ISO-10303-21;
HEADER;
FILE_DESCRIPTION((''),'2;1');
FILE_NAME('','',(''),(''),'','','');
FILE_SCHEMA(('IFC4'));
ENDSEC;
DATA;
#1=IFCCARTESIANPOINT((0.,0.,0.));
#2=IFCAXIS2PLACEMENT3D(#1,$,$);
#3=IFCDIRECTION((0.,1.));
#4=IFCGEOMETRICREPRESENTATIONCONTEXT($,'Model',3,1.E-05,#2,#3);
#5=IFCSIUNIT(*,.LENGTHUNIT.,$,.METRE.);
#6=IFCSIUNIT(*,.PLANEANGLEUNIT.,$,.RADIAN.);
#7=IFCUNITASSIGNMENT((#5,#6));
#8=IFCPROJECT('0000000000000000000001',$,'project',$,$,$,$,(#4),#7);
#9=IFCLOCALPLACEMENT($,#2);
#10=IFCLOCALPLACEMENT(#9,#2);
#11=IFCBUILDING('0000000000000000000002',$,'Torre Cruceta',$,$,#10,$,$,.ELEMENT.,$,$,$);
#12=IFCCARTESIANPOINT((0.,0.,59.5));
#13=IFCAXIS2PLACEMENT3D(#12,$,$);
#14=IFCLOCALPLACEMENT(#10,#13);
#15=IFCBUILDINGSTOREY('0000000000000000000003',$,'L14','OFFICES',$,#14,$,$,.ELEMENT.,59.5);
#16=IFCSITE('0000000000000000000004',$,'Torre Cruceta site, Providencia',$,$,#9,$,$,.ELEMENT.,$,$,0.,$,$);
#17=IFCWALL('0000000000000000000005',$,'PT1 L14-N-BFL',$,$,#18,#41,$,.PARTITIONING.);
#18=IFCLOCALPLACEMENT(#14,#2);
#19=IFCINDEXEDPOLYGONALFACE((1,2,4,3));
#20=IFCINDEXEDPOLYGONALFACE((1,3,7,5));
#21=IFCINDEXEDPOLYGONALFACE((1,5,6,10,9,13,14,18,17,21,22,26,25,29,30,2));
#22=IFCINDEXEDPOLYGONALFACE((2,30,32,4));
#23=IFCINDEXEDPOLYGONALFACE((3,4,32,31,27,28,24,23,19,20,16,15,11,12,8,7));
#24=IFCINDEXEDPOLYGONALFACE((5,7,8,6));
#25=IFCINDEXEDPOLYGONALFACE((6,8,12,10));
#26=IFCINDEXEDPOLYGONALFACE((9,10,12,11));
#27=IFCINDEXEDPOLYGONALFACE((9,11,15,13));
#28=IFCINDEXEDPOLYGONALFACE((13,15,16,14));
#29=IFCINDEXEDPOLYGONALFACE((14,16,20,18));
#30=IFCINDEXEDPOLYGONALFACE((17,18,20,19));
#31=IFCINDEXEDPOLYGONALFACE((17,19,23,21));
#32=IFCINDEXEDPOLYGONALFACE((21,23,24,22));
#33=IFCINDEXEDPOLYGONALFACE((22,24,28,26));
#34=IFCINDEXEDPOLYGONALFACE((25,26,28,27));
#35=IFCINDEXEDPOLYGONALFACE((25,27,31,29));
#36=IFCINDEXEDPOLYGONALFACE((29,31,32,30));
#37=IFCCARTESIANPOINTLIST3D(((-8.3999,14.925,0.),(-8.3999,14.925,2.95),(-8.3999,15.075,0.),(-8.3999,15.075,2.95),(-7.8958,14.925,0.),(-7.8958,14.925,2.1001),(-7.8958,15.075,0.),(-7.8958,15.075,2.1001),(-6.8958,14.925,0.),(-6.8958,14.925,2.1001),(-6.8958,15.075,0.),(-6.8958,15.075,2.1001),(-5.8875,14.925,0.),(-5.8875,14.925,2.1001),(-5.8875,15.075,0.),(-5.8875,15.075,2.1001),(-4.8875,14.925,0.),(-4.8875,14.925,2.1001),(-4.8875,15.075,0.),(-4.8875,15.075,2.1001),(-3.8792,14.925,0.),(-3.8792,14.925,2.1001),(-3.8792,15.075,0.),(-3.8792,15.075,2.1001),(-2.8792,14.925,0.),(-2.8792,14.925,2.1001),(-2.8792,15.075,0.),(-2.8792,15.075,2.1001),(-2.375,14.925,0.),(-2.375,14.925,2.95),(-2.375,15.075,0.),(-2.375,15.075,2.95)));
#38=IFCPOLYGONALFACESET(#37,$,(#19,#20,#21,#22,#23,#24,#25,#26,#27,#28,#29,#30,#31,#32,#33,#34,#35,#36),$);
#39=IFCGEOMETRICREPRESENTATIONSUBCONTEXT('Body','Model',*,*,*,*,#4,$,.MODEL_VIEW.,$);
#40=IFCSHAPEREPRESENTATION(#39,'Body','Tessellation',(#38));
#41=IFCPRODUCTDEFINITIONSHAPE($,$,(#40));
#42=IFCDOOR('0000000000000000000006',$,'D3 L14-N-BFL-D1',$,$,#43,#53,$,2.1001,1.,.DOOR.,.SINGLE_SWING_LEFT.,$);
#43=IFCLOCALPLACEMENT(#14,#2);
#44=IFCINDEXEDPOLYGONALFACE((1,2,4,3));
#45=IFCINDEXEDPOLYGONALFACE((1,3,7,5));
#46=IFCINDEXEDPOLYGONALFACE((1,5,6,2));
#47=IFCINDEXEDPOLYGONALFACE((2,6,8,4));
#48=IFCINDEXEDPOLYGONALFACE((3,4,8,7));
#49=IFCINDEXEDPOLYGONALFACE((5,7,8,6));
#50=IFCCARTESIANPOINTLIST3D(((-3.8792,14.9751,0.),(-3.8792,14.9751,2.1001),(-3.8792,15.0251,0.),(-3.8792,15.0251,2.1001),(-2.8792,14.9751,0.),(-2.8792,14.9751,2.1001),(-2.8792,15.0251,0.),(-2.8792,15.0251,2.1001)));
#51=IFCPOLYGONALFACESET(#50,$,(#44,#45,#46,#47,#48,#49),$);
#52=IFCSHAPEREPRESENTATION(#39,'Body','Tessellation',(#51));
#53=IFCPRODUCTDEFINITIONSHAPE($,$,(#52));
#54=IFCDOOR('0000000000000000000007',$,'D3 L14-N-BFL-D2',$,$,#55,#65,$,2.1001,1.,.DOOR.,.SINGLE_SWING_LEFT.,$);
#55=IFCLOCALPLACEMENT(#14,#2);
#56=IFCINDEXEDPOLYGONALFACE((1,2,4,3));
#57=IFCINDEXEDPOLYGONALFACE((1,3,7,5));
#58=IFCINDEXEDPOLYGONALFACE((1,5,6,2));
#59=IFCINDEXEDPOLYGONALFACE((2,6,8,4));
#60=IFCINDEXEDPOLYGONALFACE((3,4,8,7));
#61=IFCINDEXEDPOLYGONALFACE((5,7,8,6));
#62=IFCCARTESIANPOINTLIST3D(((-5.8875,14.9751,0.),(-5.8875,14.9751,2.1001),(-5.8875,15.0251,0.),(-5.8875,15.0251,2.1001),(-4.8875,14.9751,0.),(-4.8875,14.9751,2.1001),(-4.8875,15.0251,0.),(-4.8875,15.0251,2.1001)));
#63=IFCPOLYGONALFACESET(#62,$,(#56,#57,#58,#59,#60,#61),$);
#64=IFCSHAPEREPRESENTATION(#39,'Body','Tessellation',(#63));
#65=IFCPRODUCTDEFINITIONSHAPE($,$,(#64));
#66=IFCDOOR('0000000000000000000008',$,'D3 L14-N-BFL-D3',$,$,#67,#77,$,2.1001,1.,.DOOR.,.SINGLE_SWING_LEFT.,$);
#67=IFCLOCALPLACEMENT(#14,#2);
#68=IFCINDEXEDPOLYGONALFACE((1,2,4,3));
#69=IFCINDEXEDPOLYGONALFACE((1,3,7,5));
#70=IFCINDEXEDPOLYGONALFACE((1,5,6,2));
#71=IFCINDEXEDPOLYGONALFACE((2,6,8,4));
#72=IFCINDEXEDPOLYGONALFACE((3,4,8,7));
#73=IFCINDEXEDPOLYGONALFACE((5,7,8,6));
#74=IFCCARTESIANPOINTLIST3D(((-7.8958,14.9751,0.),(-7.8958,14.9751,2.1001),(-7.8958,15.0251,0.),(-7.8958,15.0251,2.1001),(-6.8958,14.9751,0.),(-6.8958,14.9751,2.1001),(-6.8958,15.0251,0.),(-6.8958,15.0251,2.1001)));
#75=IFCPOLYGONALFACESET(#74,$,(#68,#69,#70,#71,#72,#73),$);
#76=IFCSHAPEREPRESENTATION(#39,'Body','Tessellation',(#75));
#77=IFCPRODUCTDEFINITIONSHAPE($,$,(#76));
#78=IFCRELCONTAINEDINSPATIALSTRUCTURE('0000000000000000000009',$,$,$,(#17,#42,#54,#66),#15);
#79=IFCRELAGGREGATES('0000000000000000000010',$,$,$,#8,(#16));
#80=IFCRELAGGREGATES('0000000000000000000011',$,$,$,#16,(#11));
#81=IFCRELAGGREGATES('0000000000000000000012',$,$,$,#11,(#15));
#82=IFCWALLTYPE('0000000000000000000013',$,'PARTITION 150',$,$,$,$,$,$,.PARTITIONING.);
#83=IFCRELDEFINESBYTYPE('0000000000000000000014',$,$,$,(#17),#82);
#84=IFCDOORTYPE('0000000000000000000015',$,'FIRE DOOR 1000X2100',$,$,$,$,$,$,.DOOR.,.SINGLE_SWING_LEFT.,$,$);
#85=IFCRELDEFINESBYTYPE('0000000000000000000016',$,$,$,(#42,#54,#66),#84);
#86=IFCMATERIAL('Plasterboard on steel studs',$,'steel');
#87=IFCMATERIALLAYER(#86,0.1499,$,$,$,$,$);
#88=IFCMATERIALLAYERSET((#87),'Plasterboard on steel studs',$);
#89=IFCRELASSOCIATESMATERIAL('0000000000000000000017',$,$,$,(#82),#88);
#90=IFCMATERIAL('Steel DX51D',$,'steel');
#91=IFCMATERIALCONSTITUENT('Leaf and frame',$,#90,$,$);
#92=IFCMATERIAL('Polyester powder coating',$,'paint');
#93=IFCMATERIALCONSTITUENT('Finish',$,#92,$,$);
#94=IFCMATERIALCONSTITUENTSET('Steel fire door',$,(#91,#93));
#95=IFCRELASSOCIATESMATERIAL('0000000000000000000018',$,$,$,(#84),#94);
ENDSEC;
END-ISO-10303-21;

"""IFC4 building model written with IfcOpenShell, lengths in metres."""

from ifc_helpers import new_model, si_unit, direction, frame, frame_2d, origin, place, context, subcontext, project, spatial, rectangle, extrude, material, layer, layer_set, constituent, constituent_set, type_object, element, fill, save


model = new_model("IFC4")

# Units and contexts
model_context = context("Model", 3, precision=1e-05, world=origin(), true_north=direction((0.0, 1.0)))
body_context = subcontext(model_context, "Body", "Model", "MODEL_VIEW")
ifc_project = project(units=[si_unit("LENGTHUNIT", "METRE"), si_unit("PLANEANGLEUNIT", "RADIAN")], contexts=[model_context])

# Site, building, storey
site_placement = place(None, origin())
site = spatial("IfcSite", under=ifc_project, at=site_placement, Name="Torre Cruceta site, Providencia", CompositionType="ELEMENT", RefElevation=0.0)
building_placement = place(site_placement, origin())
building = spatial("IfcBuilding", under=site, at=building_placement, Name="Torre Cruceta", CompositionType="ELEMENT")
storey_placement = place(building_placement, frame((0.0, 0.0, 59.5)))
storey = spatial("IfcBuildingStorey", under=building, at=storey_placement, Name="L14", Description="OFFICES", CompositionType="ELEMENT", Elevation=59.5)

# Wall, openings, doors
ifc_material_1 = material(Name="Plasterboard on steel studs", Category="steel")
ifc_layer_1 = layer(ifc_material_1, 0.1499)
ifc_layer_set_1 = layer_set([ifc_layer_1], Name="Plasterboard on steel studs")
wall_type_1 = type_object("IfcWallType", Name="PARTITION 150", PredefinedType="PARTITIONING", material=ifc_layer_set_1)
wall_1_placement = place(storey_placement, frame((-2.375, 15.0, 0.0), z_axis=(0.0, 0.0, 1.0), x_axis=(-1.0, 0.0, 0.0)))
wall_1 = element("IfcWall", 1, at=wall_1_placement, inside=storey, type_object=wall_type_1, Name="PT1 L14-N-BFL", PredefinedType="PARTITIONING", context=body_context, shape_type="SweptSolid", body=[
    extrude(rectangle(XDim=6.0249, YDim=0.1499, at=frame_2d((3.0125, 0.0))), origin(), (0.0, 0.0, 1.0), 2.95),
])
opening_1_placement = place(wall_1_placement, frame((0.5042, 0.0, 0.0)))
opening_1 = element("IfcOpeningElement", 2, at=opening_1_placement, cuts=wall_1, PredefinedType="OPENING", context=body_context, shape_type="SweptSolid", body=[
    extrude(rectangle(XDim=1.0, YDim=2.1001, at=frame_2d((0.5, 1.05))), frame((0.0, 0.085, 0.0), z_axis=(0.0, -1.0, 0.0), x_axis=(1.0, 0.0, 0.0)), (0.0, 0.0, 1.0), 0.1699),
])
opening_2_placement = place(wall_1_placement, frame((2.5125, 0.0, 0.0)))
opening_2 = element("IfcOpeningElement", 3, at=opening_2_placement, cuts=wall_1, PredefinedType="OPENING", context=body_context, shape_type="SweptSolid", body=[
    extrude(rectangle(XDim=1.0, YDim=2.1001, at=frame_2d((0.5, 1.05))), frame((0.0, 0.085, 0.0), z_axis=(0.0, -1.0, 0.0), x_axis=(1.0, 0.0, 0.0)), (0.0, 0.0, 1.0), 0.1699),
])
opening_3_placement = place(wall_1_placement, frame((4.5208, 0.0, 0.0)))
opening_3 = element("IfcOpeningElement", 4, at=opening_3_placement, cuts=wall_1, PredefinedType="OPENING", context=body_context, shape_type="SweptSolid", body=[
    extrude(rectangle(XDim=1.0, YDim=2.1001, at=frame_2d((0.5, 1.05))), frame((0.0, 0.085, 0.0), z_axis=(0.0, -1.0, 0.0), x_axis=(1.0, 0.0, 0.0)), (0.0, 0.0, 1.0), 0.1699),
])
ifc_material_2 = material(Name="Steel DX51D", Category="steel")
ifc_constituent_1 = constituent(ifc_material_2, Name="Leaf and frame")
ifc_material_3 = material(Name="Polyester powder coating", Category="paint")
ifc_constituent_2 = constituent(ifc_material_3, Name="Finish")
ifc_constituent_set_1 = constituent_set(constituents=[ifc_constituent_1, ifc_constituent_2], Name="Steel fire door")
door_type = type_object("IfcDoorType", Name="FIRE DOOR 1000X2100", OperationType="SINGLE_SWING_LEFT", PredefinedType="DOOR", material=ifc_constituent_set_1)
door_1_placement = place(opening_1_placement, origin())
door_1 = element("IfcDoor", 5, at=door_1_placement, inside=storey, type_object=door_type, Name="D3 L14-N-BFL-D1", OperationType="SINGLE_SWING_LEFT", OverallHeight=2.1001, OverallWidth=1.0, PredefinedType="DOOR", context=body_context, shape_type="SweptSolid", body=[
    extrude(rectangle(XDim=1.0, YDim=2.1001, at=frame_2d((0.5, 1.05))), frame((0.0, 0.0249, 0.0), z_axis=(0.0, -1.0, 0.0), x_axis=(1.0, 0.0, 0.0)), (0.0, 0.0, 1.0), 0.05),
])
fill(opening_1, door_1)
door_2_placement = place(opening_2_placement, origin())
door_2 = element("IfcDoor", 6, at=door_2_placement, inside=storey, type_object=door_type, Name="D3 L14-N-BFL-D2", OperationType="SINGLE_SWING_LEFT", OverallHeight=2.1001, OverallWidth=1.0, PredefinedType="DOOR", context=body_context, shape_type="SweptSolid", body=[
    extrude(rectangle(XDim=1.0, YDim=2.1001, at=frame_2d((0.5, 1.05))), frame((0.0, 0.0249, 0.0), z_axis=(0.0, -1.0, 0.0), x_axis=(1.0, 0.0, 0.0)), (0.0, 0.0, 1.0), 0.05),
])
fill(opening_2, door_2)
door_3_placement = place(opening_3_placement, origin())
door_3 = element("IfcDoor", 7, at=door_3_placement, inside=storey, type_object=door_type, Name="D3 L14-N-BFL-D3", OperationType="SINGLE_SWING_LEFT", OverallHeight=2.1001, OverallWidth=1.0, PredefinedType="DOOR", context=body_context, shape_type="SweptSolid", body=[
    extrude(rectangle(XDim=1.0, YDim=2.1001, at=frame_2d((0.5, 1.05))), frame((0.0, 0.0249, 0.0), z_axis=(0.0, -1.0, 0.0), x_axis=(1.0, 0.0, 0.0)), (0.0, 0.0, 1.0), 0.05),
])
fill(opening_3, door_3)

save(model, "model.ifc")
